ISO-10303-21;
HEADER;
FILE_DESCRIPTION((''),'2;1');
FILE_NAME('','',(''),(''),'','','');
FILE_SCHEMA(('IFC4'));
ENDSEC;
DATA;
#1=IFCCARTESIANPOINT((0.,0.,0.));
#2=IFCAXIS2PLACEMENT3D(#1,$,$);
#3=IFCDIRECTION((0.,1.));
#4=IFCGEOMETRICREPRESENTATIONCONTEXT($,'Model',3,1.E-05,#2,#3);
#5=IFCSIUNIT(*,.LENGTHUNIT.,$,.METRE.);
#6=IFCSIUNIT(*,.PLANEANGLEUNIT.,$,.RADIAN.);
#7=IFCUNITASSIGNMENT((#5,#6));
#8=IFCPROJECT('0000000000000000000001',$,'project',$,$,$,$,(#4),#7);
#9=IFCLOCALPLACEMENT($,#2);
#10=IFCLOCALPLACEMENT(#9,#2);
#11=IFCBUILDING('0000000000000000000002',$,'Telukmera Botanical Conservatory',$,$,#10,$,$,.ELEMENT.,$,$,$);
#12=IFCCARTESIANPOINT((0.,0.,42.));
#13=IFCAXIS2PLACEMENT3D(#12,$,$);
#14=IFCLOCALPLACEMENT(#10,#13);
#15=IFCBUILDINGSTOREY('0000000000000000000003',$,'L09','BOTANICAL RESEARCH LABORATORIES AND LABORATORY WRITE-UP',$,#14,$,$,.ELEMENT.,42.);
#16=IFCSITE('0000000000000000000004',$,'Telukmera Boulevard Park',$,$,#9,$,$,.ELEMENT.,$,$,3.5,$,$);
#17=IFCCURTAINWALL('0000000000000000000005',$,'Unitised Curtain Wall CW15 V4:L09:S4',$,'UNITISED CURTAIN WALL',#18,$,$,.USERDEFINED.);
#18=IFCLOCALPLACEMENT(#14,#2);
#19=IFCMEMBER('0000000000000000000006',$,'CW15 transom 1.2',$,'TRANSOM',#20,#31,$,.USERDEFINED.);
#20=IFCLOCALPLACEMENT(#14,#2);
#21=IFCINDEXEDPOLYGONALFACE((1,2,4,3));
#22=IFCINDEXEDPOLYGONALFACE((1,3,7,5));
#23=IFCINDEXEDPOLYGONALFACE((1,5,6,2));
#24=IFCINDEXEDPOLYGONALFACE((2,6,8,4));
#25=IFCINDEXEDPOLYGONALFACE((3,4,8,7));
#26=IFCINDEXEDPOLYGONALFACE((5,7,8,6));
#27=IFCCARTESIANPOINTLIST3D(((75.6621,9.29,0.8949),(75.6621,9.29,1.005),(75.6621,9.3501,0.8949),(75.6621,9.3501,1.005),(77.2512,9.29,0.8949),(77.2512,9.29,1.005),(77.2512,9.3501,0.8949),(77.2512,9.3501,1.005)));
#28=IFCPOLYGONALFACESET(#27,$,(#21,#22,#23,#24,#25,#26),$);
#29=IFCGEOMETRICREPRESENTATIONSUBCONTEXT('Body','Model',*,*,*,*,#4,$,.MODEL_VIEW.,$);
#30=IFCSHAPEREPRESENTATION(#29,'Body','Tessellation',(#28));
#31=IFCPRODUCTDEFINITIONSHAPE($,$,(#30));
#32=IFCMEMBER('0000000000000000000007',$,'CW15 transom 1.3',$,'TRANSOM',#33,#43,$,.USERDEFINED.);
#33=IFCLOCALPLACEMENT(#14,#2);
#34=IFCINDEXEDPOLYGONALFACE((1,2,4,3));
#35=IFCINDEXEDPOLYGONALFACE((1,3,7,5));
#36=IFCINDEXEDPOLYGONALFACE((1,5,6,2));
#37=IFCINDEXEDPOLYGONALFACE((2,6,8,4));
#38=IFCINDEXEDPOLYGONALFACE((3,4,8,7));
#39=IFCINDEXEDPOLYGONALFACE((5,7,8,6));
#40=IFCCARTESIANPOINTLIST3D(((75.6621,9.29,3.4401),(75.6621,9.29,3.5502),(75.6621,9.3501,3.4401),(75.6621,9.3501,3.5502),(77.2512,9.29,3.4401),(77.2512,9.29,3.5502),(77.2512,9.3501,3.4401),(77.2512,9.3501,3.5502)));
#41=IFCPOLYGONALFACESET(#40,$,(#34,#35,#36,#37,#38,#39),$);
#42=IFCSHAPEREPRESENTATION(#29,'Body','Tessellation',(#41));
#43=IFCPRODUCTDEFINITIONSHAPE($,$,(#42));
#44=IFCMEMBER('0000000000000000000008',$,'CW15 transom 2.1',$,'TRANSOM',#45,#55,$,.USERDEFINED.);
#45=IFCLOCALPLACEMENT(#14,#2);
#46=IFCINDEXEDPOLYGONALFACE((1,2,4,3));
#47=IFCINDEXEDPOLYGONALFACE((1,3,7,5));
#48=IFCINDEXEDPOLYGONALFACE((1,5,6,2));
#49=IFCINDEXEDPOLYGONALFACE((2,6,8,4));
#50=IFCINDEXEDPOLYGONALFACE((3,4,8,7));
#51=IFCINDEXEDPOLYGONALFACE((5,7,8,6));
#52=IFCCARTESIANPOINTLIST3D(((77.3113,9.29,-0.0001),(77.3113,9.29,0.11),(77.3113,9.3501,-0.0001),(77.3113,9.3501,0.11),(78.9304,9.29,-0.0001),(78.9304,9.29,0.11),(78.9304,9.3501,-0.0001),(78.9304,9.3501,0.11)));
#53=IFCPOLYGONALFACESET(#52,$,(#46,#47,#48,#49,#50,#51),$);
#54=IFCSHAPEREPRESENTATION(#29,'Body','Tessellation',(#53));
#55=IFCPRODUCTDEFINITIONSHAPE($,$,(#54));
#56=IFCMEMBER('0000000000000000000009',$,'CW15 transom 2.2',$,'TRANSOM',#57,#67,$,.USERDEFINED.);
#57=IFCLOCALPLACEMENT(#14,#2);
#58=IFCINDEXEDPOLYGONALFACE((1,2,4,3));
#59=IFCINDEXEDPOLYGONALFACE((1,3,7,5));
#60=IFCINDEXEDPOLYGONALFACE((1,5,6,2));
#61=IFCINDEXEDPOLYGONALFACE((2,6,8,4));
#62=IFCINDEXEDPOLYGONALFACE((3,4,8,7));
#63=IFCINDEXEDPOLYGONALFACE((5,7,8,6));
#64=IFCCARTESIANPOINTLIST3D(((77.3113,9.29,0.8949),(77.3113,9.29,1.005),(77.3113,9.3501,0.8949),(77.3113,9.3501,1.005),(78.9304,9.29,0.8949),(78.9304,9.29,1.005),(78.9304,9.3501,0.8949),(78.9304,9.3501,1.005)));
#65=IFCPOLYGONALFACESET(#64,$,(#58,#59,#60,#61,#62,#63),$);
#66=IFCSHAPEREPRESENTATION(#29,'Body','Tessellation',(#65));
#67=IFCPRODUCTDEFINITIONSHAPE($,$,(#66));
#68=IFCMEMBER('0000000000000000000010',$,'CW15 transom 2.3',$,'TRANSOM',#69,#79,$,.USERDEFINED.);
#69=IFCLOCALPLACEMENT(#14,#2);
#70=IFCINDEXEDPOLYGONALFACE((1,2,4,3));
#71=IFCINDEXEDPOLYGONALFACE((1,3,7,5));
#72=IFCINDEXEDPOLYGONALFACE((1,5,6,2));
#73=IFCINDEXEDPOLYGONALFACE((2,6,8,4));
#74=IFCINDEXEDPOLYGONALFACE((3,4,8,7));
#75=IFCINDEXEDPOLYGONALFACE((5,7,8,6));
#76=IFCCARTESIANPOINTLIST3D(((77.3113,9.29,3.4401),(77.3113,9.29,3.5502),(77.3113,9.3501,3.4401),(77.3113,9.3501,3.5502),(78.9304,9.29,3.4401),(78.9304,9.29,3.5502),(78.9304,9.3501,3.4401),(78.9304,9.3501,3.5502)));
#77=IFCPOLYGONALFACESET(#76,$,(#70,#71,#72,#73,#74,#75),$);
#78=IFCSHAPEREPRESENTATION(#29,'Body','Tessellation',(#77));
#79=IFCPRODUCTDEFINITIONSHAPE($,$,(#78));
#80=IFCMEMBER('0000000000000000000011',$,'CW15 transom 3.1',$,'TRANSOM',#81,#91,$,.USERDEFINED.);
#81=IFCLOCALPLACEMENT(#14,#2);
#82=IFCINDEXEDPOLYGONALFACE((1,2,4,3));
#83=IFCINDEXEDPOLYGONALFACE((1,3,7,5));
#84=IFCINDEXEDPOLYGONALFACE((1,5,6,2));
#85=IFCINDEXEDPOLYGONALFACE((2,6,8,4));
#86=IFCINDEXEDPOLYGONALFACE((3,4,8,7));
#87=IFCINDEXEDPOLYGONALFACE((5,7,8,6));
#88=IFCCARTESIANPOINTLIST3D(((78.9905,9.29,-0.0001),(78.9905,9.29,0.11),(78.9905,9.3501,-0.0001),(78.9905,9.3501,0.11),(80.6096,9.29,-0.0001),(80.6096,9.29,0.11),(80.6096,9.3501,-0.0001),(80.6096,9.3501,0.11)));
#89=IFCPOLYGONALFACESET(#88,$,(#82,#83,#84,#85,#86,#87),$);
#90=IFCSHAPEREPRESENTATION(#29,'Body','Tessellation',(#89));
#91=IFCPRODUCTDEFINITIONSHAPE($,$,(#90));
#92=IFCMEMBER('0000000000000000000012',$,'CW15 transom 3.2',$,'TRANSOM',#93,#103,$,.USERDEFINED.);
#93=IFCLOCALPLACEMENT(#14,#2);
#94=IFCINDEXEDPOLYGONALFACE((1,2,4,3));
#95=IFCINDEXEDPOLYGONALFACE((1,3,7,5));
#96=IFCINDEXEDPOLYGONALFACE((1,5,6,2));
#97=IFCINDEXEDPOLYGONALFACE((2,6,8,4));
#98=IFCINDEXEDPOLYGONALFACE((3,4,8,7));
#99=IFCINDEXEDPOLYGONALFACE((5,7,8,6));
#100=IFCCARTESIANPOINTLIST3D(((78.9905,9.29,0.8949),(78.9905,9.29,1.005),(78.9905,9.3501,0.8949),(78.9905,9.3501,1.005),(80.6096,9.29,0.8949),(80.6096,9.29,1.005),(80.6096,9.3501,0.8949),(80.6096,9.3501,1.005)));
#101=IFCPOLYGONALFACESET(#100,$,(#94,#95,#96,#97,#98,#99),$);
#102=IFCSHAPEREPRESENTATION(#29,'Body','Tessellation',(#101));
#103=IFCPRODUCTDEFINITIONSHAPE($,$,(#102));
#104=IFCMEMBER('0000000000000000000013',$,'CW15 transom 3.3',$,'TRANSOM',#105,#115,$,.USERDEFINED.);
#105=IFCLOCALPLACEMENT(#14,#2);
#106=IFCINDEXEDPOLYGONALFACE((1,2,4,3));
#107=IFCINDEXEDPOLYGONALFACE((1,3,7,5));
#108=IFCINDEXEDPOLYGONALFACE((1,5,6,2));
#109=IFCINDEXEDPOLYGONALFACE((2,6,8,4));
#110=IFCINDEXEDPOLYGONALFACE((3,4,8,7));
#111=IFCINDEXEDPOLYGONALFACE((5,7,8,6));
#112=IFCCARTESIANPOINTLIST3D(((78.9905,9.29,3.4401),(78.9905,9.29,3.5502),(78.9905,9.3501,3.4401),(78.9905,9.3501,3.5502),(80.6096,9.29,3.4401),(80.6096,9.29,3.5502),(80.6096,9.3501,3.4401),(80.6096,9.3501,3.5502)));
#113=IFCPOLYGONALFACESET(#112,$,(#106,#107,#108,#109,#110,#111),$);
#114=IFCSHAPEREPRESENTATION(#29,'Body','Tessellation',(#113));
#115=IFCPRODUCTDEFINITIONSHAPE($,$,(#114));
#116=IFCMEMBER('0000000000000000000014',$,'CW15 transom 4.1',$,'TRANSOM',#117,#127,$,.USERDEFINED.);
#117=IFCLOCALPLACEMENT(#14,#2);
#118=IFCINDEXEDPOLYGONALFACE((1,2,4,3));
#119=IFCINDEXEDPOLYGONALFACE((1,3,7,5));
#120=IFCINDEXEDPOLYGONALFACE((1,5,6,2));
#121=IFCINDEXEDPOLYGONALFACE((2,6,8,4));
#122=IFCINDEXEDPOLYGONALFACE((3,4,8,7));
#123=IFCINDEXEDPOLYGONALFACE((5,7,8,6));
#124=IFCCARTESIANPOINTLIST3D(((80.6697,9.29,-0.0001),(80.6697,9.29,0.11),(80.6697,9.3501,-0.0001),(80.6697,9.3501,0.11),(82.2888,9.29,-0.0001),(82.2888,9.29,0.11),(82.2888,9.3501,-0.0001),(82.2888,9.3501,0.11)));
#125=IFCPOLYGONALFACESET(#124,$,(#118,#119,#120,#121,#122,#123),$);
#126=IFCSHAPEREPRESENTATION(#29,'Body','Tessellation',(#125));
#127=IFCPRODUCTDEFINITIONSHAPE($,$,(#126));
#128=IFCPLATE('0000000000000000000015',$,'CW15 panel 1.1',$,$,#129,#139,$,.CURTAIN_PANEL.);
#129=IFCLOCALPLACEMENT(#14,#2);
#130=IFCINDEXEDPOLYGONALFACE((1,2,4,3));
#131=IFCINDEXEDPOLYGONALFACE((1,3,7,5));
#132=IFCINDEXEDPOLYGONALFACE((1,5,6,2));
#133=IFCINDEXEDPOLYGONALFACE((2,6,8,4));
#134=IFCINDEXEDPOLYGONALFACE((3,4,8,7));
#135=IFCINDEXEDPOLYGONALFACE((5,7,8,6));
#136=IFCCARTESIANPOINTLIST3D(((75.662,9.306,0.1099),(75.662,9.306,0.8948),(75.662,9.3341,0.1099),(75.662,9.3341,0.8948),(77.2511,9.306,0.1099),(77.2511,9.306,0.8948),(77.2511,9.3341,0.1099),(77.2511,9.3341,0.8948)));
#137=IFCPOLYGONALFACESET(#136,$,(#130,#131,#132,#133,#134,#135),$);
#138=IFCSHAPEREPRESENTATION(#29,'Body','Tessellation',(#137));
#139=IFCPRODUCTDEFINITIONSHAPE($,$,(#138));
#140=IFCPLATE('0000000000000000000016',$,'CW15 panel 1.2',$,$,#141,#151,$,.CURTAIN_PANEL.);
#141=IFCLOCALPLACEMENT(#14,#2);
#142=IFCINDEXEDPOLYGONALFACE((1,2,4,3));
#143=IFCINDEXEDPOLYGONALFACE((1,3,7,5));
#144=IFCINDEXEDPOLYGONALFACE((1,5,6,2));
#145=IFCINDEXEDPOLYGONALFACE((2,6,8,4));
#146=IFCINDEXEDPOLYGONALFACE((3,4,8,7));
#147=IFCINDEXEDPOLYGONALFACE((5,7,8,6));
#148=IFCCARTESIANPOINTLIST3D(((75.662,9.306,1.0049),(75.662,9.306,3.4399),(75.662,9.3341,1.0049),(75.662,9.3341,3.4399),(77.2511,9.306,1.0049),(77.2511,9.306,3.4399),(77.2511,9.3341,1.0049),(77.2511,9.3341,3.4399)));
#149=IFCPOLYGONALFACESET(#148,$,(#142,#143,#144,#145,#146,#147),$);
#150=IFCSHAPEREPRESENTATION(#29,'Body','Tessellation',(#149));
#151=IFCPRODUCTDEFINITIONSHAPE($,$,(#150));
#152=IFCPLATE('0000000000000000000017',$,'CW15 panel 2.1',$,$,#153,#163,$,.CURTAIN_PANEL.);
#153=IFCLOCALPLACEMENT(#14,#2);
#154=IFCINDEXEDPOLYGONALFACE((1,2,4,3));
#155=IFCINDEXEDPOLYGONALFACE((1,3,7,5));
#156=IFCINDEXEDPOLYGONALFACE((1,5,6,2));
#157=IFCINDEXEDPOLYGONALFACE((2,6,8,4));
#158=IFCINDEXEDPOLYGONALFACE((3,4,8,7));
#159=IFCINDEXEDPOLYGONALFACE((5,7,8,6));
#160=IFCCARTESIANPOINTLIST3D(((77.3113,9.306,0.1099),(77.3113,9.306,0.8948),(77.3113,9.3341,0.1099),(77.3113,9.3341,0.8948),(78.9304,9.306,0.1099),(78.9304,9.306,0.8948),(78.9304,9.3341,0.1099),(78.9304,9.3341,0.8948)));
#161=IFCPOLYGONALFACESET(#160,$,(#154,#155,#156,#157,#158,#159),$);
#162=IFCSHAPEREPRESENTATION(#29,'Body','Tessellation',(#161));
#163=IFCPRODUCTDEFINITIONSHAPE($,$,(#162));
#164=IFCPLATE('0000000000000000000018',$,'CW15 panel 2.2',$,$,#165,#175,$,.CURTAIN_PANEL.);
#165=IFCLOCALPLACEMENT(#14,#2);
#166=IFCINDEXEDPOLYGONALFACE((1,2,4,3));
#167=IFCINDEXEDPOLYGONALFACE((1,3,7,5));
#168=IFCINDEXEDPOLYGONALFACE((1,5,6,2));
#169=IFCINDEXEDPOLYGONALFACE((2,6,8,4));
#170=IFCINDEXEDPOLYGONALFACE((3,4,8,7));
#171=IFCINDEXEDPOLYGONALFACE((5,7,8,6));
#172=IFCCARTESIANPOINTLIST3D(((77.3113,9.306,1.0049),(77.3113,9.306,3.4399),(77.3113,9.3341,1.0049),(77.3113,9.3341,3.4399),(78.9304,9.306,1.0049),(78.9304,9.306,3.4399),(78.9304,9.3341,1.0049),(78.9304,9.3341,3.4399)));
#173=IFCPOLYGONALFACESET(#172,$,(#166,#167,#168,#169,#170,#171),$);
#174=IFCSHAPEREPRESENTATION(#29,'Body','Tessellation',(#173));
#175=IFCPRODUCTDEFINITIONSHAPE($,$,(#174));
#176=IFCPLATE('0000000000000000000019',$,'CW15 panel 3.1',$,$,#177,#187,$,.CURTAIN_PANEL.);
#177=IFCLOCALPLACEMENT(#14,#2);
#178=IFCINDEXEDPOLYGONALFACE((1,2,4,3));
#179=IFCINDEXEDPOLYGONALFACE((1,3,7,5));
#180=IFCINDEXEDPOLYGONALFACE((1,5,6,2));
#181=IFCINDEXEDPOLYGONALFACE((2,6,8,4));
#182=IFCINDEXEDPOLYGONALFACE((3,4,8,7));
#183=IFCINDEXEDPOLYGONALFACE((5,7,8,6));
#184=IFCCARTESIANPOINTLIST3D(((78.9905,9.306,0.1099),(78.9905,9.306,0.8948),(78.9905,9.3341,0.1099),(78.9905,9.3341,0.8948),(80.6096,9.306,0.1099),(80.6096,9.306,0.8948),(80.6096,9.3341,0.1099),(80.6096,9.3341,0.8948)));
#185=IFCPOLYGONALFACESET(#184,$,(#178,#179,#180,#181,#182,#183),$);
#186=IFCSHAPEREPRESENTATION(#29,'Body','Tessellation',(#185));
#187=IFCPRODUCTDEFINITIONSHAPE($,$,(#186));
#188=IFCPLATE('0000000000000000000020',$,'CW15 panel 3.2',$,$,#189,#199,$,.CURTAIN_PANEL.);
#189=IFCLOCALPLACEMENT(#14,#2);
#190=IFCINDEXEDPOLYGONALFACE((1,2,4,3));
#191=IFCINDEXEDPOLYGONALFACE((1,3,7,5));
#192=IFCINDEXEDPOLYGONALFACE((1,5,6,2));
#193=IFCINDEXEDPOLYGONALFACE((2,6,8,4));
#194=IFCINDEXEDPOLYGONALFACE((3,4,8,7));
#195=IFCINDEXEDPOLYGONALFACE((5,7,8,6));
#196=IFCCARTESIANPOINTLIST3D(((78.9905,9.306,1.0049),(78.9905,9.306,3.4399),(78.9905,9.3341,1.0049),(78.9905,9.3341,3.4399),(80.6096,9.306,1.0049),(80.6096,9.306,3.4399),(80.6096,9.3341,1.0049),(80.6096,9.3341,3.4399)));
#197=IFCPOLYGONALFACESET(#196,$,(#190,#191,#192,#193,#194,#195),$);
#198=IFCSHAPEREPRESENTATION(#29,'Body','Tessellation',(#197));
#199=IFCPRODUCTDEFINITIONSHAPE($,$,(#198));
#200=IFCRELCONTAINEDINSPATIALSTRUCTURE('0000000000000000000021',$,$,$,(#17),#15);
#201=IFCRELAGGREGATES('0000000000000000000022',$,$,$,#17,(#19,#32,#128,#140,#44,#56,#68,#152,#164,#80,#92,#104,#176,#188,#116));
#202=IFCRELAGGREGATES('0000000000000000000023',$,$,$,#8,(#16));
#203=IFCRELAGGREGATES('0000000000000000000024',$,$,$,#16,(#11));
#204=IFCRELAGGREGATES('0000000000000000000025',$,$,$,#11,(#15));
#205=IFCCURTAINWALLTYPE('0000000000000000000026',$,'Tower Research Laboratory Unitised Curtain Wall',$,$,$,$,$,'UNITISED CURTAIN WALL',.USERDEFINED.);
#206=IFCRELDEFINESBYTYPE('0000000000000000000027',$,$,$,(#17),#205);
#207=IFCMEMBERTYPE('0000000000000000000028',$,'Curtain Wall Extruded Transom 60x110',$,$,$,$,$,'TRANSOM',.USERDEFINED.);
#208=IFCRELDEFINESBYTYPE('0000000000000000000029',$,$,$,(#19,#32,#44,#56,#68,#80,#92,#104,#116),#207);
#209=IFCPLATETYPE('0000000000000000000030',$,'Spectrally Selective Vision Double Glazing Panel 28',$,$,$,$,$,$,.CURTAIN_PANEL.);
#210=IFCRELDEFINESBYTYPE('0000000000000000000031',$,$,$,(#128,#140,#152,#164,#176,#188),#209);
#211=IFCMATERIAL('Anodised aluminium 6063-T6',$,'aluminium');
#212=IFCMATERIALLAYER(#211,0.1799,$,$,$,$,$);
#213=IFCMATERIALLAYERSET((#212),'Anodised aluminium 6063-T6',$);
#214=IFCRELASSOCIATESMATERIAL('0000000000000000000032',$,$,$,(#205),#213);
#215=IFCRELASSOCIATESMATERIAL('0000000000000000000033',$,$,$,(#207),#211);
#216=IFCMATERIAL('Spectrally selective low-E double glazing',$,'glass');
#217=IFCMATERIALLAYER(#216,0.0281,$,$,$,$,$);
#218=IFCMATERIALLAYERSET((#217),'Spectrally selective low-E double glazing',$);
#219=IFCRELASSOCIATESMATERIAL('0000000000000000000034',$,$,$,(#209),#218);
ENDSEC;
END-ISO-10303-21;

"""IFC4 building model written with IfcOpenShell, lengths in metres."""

from ifc_helpers import new_model, si_unit, direction, frame, origin, origin_2d, place, context, subcontext, project, spatial, rectangle, extrude, material, layer, layer_set, material_profile, profile_set, type_object, element, aggregate, save


model = new_model("IFC4")

# Units and contexts
model_context = context("Model", 3, precision=1e-05, world=origin(), true_north=direction((0.0, 1.0)))
body_context = subcontext(model_context, "Body", "Model", "MODEL_VIEW")
ifc_project = project(units=[si_unit("LENGTHUNIT", "METRE"), si_unit("PLANEANGLEUNIT", "RADIAN")], contexts=[model_context])

# Site, building, storey
site_placement = place(None, origin())
site = spatial("IfcSite", under=ifc_project, at=site_placement, Name="Telukmera Boulevard Park", CompositionType="ELEMENT", RefElevation=3.5)
building_placement = place(site_placement, origin())
building = spatial("IfcBuilding", under=site, at=building_placement, Name="Telukmera Botanical Conservatory", CompositionType="ELEMENT")
storey_placement = place(building_placement, frame((0.0, 0.0, 42.0)))
storey = spatial("IfcBuildingStorey", under=building, at=storey_placement, Name="L09", Description="BOTANICAL RESEARCH LABORATORIES AND LABORATORY WRITE-UP", CompositionType="ELEMENT", Elevation=42.0)

# Curtain wall, members, plates
ifc_material_1 = material(Name="Anodised aluminium 6063-T6", Category="aluminium")
ifc_layer_1 = layer(ifc_material_1, 0.1799)
ifc_layer_set_1 = layer_set([ifc_layer_1], Name="Anodised aluminium 6063-T6")
curtain_wall_type = type_object("IfcCurtainWallType", Name="Tower Research Laboratory Unitised Curtain Wall", ElementType="UNITISED CURTAIN WALL", PredefinedType="USERDEFINED", material=ifc_layer_set_1)
curtain_wall_placement = place(storey_placement, origin())
curtain_wall = element("IfcCurtainWall", 1, at=curtain_wall_placement, inside=storey, type_object=curtain_wall_type, Name="Unitised Curtain Wall CW15 V4:L09:S4", ObjectType="UNITISED CURTAIN WALL", PredefinedType="USERDEFINED")
ifc_material_profile_1 = material_profile(ifc_material_1, rectangle(XDim=0.0601, YDim=0.1101, at=origin_2d()), Name="ALU TRAN 60x110")
ifc_profile_set_1 = profile_set([ifc_material_profile_1], Name="Anodised aluminium 6063-T6")
member_type_1 = type_object("IfcMemberType", Name="Curtain Wall Extruded Transom 60x110", ElementType="TRANSOM", PredefinedType="USERDEFINED", material=ifc_profile_set_1)
member_1_placement = place(storey_placement, frame((75.6621, 9.3201, 0.95), z_axis=(1.0, 0.0, 0.0), x_axis=(0.0, 1.0, 0.0)))
member_1 = element("IfcMember", 2, at=member_1_placement, type_object=member_type_1, Name="CW15 transom 1.2", ObjectType="TRANSOM", PredefinedType="USERDEFINED", context=body_context, shape_type="SweptSolid", body=[
    extrude(rectangle(XDim=0.0601, YDim=0.1101, at=origin_2d()), origin(), (0.0, 0.0, 1.0), 1.5891),
])
member_2_placement = place(storey_placement, frame((75.6621, 9.3201, 3.4951), z_axis=(1.0, 0.0, 0.0), x_axis=(0.0, 1.0, 0.0)))
member_2 = element("IfcMember", 3, at=member_2_placement, type_object=member_type_1, Name="CW15 transom 1.3", ObjectType="TRANSOM", PredefinedType="USERDEFINED", context=body_context, shape_type="SweptSolid", body=[
    extrude(rectangle(XDim=0.0601, YDim=0.1101, at=origin_2d()), origin(), (0.0, 0.0, 1.0), 1.5891),
])
member_3_placement = place(storey_placement, frame((77.3113, 9.3201, 0.0549), z_axis=(1.0, 0.0, 0.0), x_axis=(0.0, 1.0, 0.0)))
member_3 = element("IfcMember", 4, at=member_3_placement, type_object=member_type_1, Name="CW15 transom 2.1", ObjectType="TRANSOM", PredefinedType="USERDEFINED", context=body_context, shape_type="SweptSolid", body=[
    extrude(rectangle(XDim=0.0601, YDim=0.1101, at=origin_2d()), origin(), (0.0, 0.0, 1.0), 1.6191),
])
member_4_placement = place(storey_placement, frame((77.3113, 9.3201, 0.95), z_axis=(1.0, 0.0, 0.0), x_axis=(0.0, 1.0, 0.0)))
member_4 = element("IfcMember", 5, at=member_4_placement, type_object=member_type_1, Name="CW15 transom 2.2", ObjectType="TRANSOM", PredefinedType="USERDEFINED", context=body_context, shape_type="SweptSolid", body=[
    extrude(rectangle(XDim=0.0601, YDim=0.1101, at=origin_2d()), origin(), (0.0, 0.0, 1.0), 1.6191),
])
member_5_placement = place(storey_placement, frame((77.3113, 9.3201, 3.4951), z_axis=(1.0, 0.0, 0.0), x_axis=(0.0, 1.0, 0.0)))
member_5 = element("IfcMember", 6, at=member_5_placement, type_object=member_type_1, Name="CW15 transom 2.3", ObjectType="TRANSOM", PredefinedType="USERDEFINED", context=body_context, shape_type="SweptSolid", body=[
    extrude(rectangle(XDim=0.0601, YDim=0.1101, at=origin_2d()), origin(), (0.0, 0.0, 1.0), 1.6191),
])
member_6_placement = place(storey_placement, frame((78.9905, 9.3201, 0.0549), z_axis=(1.0, 0.0, 0.0), x_axis=(0.0, 1.0, 0.0)))
member_6 = element("IfcMember", 7, at=member_6_placement, type_object=member_type_1, Name="CW15 transom 3.1", ObjectType="TRANSOM", PredefinedType="USERDEFINED", context=body_context, shape_type="SweptSolid", body=[
    extrude(rectangle(XDim=0.0601, YDim=0.1101, at=origin_2d()), origin(), (0.0, 0.0, 1.0), 1.6191),
])
member_7_placement = place(storey_placement, frame((78.9905, 9.3201, 0.95), z_axis=(1.0, 0.0, 0.0), x_axis=(0.0, 1.0, 0.0)))
member_7 = element("IfcMember", 8, at=member_7_placement, type_object=member_type_1, Name="CW15 transom 3.2", ObjectType="TRANSOM", PredefinedType="USERDEFINED", context=body_context, shape_type="SweptSolid", body=[
    extrude(rectangle(XDim=0.0601, YDim=0.1101, at=origin_2d()), origin(), (0.0, 0.0, 1.0), 1.6191),
])
member_8_placement = place(storey_placement, frame((78.9905, 9.3201, 3.4951), z_axis=(1.0, 0.0, 0.0), x_axis=(0.0, 1.0, 0.0)))
member_8 = element("IfcMember", 9, at=member_8_placement, type_object=member_type_1, Name="CW15 transom 3.3", ObjectType="TRANSOM", PredefinedType="USERDEFINED", context=body_context, shape_type="SweptSolid", body=[
    extrude(rectangle(XDim=0.0601, YDim=0.1101, at=origin_2d()), origin(), (0.0, 0.0, 1.0), 1.6191),
])
member_9_placement = place(storey_placement, frame((80.6697, 9.3201, 0.0549), z_axis=(1.0, 0.0, 0.0), x_axis=(0.0, 1.0, 0.0)))
member_9 = element("IfcMember", 10, at=member_9_placement, type_object=member_type_1, Name="CW15 transom 4.1", ObjectType="TRANSOM", PredefinedType="USERDEFINED", context=body_context, shape_type="SweptSolid", body=[
    extrude(rectangle(XDim=0.0601, YDim=0.1101, at=origin_2d()), origin(), (0.0, 0.0, 1.0), 1.6191),
])
ifc_material_2 = material(Name="Spectrally selective low-E double glazing", Category="glass")
ifc_layer_2 = layer(ifc_material_2, 0.0281)
ifc_layer_set_2 = layer_set([ifc_layer_2], Name="Spectrally selective low-E double glazing")
plate_type = type_object("IfcPlateType", Name="Spectrally Selective Vision Double Glazing Panel 28", PredefinedType="CURTAIN_PANEL", material=ifc_layer_set_2)
plate_1_placement = place(storey_placement, frame((76.4565, 9.3201, 0.1099), z_axis=(0.0, 0.0, 1.0), x_axis=(1.0, 0.0, 0.0)))
plate_1 = element("IfcPlate", 11, at=plate_1_placement, type_object=plate_type, Name="CW15 panel 1.1", PredefinedType="CURTAIN_PANEL", context=body_context, shape_type="SweptSolid", body=[
    extrude(rectangle(XDim=1.5891, YDim=0.0281, at=origin_2d()), origin(), (0.0, 0.0, 1.0), 0.7849),
])
plate_2_placement = place(storey_placement, frame((76.4565, 9.3201, 1.0049), z_axis=(0.0, 0.0, 1.0), x_axis=(1.0, 0.0, 0.0)))
plate_2 = element("IfcPlate", 12, at=plate_2_placement, type_object=plate_type, Name="CW15 panel 1.2", PredefinedType="CURTAIN_PANEL", context=body_context, shape_type="SweptSolid", body=[
    extrude(rectangle(XDim=1.5891, YDim=0.0281, at=origin_2d()), origin(), (0.0, 0.0, 1.0), 2.4351),
])
plate_3_placement = place(storey_placement, frame((78.1208, 9.3201, 0.1099), z_axis=(0.0, 0.0, 1.0), x_axis=(1.0, 0.0, 0.0)))
plate_3 = element("IfcPlate", 13, at=plate_3_placement, type_object=plate_type, Name="CW15 panel 2.1", PredefinedType="CURTAIN_PANEL", context=body_context, shape_type="SweptSolid", body=[
    extrude(rectangle(XDim=1.6191, YDim=0.0281, at=origin_2d()), origin(), (0.0, 0.0, 1.0), 0.7849),
])
plate_4_placement = place(storey_placement, frame((78.1208, 9.3201, 1.0049), z_axis=(0.0, 0.0, 1.0), x_axis=(1.0, 0.0, 0.0)))
plate_4 = element("IfcPlate", 14, at=plate_4_placement, type_object=plate_type, Name="CW15 panel 2.2", PredefinedType="CURTAIN_PANEL", context=body_context, shape_type="SweptSolid", body=[
    extrude(rectangle(XDim=1.6191, YDim=0.0281, at=origin_2d()), origin(), (0.0, 0.0, 1.0), 2.4351),
])
plate_5_placement = place(storey_placement, frame((79.8, 9.3201, 0.1099), z_axis=(0.0, 0.0, 1.0), x_axis=(1.0, 0.0, 0.0)))
plate_5 = element("IfcPlate", 15, at=plate_5_placement, type_object=plate_type, Name="CW15 panel 3.1", PredefinedType="CURTAIN_PANEL", context=body_context, shape_type="SweptSolid", body=[
    extrude(rectangle(XDim=1.6191, YDim=0.0281, at=origin_2d()), origin(), (0.0, 0.0, 1.0), 0.7849),
])
plate_6_placement = place(storey_placement, frame((79.8, 9.3201, 1.0049), z_axis=(0.0, 0.0, 1.0), x_axis=(1.0, 0.0, 0.0)))
plate_6 = element("IfcPlate", 16, at=plate_6_placement, type_object=plate_type, Name="CW15 panel 3.2", PredefinedType="CURTAIN_PANEL", context=body_context, shape_type="SweptSolid", body=[
    extrude(rectangle(XDim=1.6191, YDim=0.0281, at=origin_2d()), origin(), (0.0, 0.0, 1.0), 2.4351),
])
aggregate(curtain_wall, [member_1, member_2, plate_1, plate_2, member_3, member_4, member_5, plate_3, plate_4, member_6, member_7, member_8, plate_5, plate_6, member_9])

save(model, "model.ifc")
